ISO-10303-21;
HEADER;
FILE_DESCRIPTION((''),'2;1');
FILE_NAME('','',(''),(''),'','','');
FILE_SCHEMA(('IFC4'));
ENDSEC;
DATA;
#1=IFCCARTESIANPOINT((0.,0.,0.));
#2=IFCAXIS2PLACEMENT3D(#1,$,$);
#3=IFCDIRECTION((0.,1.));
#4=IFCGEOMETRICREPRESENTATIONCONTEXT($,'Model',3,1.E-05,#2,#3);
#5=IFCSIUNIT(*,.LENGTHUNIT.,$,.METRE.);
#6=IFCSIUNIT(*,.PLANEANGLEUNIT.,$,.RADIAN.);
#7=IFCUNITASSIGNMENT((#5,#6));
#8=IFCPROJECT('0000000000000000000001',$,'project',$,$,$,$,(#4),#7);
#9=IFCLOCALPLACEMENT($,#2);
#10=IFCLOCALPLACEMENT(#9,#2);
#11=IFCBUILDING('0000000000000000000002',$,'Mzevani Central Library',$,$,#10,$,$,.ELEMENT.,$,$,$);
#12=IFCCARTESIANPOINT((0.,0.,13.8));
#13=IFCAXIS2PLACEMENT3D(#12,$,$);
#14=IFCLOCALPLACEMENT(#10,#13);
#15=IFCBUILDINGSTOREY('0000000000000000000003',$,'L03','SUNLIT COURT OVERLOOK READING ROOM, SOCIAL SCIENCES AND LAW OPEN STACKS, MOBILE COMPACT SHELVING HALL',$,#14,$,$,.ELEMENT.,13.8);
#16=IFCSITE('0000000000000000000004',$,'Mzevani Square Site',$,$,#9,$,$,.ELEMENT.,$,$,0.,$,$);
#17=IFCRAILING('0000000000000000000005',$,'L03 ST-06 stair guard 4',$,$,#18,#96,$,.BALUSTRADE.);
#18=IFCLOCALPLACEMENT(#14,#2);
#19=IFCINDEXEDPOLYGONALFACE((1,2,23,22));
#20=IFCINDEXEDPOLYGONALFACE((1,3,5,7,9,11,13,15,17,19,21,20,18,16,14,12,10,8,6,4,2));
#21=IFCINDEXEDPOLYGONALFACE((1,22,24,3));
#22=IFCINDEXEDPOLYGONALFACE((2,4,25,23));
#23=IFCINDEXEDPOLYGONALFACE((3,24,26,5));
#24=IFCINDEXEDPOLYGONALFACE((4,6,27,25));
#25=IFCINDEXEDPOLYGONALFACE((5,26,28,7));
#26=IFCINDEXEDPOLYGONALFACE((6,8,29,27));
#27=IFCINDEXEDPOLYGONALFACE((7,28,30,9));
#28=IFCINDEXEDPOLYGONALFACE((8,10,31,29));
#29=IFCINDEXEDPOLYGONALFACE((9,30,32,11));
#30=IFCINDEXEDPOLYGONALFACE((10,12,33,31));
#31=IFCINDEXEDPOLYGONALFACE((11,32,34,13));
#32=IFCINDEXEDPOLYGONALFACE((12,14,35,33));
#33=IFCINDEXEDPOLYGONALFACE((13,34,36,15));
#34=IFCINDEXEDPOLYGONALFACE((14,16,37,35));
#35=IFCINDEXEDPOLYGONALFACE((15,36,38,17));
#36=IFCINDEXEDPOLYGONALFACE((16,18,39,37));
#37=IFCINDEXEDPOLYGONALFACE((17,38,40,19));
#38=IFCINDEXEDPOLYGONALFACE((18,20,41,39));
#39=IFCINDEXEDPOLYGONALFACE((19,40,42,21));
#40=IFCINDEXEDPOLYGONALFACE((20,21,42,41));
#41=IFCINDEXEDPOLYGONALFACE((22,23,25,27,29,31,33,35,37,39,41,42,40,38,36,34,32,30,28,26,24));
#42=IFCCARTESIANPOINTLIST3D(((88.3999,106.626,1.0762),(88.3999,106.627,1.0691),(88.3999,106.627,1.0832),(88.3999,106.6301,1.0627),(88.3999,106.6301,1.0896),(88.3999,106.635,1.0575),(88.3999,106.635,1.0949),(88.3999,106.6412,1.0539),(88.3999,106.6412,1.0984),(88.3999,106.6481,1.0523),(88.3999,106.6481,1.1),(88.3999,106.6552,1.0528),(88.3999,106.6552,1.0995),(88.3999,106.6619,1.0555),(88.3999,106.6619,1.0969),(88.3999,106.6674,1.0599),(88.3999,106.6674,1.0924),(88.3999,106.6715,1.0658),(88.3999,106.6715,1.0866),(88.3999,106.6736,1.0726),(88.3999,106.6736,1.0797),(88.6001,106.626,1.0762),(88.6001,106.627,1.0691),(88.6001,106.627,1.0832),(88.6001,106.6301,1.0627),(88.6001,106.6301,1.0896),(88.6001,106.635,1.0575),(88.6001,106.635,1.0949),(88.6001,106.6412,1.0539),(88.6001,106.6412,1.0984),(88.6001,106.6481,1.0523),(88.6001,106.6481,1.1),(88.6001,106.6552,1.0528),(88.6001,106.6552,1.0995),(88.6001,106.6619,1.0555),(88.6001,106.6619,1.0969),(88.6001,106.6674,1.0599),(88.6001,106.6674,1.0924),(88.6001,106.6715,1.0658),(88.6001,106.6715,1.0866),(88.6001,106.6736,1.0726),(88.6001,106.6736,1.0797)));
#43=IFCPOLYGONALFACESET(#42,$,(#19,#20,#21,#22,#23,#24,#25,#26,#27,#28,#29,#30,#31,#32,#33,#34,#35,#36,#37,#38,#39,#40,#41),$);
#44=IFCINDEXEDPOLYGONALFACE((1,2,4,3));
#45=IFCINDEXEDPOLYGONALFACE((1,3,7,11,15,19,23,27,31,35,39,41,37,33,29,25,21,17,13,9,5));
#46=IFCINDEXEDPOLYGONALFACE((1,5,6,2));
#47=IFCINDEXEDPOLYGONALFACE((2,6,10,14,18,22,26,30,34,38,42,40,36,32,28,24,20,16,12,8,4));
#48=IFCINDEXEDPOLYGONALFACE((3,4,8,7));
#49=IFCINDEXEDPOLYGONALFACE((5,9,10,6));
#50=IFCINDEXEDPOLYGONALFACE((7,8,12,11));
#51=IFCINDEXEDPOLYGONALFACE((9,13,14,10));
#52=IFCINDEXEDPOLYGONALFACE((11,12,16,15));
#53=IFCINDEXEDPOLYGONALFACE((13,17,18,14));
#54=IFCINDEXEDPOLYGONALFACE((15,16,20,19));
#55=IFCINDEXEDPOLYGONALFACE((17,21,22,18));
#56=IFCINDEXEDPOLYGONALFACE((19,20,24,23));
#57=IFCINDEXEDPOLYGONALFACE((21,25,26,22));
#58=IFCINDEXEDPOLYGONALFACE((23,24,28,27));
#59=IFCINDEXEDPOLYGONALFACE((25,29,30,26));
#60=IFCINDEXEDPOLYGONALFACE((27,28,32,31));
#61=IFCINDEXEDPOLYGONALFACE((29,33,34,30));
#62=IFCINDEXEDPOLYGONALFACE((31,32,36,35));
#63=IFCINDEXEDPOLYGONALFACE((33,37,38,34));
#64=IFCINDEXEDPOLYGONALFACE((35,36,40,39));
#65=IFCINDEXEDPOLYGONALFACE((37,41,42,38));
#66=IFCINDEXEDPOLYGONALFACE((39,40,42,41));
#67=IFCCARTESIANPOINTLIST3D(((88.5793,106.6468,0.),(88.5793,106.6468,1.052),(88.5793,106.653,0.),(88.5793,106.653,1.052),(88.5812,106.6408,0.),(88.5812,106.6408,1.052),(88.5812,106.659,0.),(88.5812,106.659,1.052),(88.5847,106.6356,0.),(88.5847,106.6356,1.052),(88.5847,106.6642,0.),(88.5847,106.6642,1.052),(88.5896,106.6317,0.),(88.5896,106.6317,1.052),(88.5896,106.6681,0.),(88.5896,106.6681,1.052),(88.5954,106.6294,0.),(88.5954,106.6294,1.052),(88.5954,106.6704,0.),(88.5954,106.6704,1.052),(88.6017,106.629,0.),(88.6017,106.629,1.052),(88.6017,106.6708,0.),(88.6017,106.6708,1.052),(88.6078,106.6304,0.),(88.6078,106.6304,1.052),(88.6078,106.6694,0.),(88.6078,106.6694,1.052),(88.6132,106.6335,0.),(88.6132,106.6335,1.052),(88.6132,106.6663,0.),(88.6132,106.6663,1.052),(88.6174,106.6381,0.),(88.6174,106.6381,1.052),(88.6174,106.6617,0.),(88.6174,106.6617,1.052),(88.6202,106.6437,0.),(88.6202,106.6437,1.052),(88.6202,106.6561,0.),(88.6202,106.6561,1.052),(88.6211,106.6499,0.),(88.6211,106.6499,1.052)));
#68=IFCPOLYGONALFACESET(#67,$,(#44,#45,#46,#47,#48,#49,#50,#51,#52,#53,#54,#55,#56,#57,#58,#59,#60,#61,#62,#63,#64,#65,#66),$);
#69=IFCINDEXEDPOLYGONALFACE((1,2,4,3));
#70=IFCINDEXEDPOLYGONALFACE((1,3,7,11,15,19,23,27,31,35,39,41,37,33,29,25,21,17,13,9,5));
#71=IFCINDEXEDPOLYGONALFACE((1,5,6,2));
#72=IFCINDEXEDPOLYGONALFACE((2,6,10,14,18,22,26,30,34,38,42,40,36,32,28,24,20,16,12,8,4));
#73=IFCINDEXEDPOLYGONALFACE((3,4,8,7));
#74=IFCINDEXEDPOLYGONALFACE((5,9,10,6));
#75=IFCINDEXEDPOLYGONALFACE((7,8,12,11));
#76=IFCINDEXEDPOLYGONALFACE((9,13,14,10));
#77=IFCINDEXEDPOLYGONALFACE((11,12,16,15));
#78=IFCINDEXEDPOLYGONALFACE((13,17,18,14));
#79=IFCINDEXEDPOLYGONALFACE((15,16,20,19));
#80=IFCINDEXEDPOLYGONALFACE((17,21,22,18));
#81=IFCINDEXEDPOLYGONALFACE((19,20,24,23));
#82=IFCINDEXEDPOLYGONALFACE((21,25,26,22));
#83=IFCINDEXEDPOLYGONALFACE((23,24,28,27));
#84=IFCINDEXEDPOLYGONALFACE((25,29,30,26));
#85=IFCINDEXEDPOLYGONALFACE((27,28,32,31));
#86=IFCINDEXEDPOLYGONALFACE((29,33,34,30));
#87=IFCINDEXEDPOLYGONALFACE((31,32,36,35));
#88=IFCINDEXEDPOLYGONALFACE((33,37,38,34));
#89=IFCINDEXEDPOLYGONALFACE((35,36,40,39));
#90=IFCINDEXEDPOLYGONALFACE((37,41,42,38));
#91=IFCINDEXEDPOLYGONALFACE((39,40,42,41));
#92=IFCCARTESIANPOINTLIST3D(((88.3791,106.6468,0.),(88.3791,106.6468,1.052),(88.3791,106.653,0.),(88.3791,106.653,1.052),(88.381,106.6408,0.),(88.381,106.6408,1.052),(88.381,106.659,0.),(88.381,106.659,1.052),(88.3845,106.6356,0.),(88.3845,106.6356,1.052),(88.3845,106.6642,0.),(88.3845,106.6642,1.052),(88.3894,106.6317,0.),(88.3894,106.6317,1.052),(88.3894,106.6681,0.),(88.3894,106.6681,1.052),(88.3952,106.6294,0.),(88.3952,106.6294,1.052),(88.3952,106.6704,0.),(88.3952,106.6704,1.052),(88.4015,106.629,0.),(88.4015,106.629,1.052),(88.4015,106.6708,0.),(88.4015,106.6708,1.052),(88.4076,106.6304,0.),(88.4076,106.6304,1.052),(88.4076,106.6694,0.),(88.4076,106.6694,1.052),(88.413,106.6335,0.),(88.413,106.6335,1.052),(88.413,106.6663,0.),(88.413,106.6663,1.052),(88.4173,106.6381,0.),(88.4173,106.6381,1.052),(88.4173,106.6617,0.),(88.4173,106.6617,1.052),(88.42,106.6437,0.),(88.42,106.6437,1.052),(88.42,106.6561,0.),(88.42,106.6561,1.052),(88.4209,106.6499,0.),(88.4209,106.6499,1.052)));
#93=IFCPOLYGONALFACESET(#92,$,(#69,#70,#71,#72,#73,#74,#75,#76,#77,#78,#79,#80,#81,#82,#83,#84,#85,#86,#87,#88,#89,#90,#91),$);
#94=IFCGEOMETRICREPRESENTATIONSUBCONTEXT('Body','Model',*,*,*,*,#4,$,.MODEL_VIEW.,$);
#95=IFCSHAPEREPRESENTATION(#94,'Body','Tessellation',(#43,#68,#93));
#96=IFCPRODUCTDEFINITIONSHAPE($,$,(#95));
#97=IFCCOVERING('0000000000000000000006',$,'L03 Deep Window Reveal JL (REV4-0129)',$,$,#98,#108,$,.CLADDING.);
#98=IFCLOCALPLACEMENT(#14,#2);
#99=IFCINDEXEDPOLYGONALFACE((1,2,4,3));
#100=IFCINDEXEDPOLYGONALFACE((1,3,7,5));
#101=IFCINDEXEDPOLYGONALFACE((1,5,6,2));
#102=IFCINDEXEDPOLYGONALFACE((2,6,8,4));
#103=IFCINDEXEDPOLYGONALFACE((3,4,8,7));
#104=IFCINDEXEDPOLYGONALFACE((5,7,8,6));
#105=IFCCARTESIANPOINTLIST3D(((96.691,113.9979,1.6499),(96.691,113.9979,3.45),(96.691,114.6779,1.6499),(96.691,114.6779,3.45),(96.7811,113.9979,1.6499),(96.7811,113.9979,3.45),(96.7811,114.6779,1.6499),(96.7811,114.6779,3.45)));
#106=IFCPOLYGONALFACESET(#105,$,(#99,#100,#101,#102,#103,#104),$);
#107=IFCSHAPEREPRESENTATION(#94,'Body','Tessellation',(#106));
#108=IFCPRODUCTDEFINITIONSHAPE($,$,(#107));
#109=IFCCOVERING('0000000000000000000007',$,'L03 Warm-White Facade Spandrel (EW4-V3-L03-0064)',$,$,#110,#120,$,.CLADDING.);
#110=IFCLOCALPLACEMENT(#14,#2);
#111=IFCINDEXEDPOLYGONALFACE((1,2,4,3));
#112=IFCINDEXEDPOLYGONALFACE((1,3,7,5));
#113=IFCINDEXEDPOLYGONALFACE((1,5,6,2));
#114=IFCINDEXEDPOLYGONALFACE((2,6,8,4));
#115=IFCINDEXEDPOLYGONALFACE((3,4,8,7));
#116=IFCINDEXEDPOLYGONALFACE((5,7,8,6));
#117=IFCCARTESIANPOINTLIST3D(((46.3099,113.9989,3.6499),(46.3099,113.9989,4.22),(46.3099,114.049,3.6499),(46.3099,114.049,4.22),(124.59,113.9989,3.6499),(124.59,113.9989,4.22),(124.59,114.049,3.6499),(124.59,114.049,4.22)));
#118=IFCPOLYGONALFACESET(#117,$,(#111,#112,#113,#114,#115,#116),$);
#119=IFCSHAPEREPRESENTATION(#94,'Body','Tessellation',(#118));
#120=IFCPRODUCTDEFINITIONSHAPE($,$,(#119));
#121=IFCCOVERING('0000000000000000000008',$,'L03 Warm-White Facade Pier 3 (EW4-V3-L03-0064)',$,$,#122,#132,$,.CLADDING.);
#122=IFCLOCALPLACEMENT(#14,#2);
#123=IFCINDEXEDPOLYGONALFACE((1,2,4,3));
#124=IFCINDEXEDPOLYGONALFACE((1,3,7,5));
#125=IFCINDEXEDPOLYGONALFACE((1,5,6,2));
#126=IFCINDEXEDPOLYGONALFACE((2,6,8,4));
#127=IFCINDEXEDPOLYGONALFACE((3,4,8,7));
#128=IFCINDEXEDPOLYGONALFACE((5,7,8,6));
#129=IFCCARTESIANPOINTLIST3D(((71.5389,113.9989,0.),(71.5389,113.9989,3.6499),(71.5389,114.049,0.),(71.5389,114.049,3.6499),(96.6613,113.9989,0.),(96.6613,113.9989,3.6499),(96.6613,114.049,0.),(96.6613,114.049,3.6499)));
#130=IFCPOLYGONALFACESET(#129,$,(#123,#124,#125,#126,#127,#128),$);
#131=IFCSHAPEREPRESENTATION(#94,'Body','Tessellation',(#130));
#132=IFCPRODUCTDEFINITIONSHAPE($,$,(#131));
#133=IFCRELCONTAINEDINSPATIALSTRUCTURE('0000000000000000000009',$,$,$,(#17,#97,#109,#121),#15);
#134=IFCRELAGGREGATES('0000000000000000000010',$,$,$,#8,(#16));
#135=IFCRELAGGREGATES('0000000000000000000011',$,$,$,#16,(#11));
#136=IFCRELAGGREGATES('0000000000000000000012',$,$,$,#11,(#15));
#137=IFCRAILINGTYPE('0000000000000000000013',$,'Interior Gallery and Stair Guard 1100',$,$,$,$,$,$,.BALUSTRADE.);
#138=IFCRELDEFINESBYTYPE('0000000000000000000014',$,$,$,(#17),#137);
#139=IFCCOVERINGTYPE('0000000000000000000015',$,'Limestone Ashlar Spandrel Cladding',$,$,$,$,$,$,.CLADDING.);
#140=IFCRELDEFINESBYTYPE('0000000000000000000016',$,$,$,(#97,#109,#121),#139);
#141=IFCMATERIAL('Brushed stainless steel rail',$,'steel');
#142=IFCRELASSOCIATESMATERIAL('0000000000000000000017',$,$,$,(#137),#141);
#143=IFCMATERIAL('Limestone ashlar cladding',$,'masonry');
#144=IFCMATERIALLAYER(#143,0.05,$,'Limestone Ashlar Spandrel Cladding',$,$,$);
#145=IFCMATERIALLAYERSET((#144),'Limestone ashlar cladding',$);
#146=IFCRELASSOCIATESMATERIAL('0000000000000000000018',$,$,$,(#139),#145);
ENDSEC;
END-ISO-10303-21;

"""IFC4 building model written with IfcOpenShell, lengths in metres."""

from ifc_helpers import new_model, si_unit, direction, frame, origin, origin_2d, place, context, subcontext, project, spatial, rectangle, circle, extrude, material, layer, layer_set, type_object, element, save


model = new_model("IFC4")

# Units and contexts
model_context = context("Model", 3, precision=1e-05, world=origin(), true_north=direction((0.0, 1.0)))
body_context = subcontext(model_context, "Body", "Model", "MODEL_VIEW")
ifc_project = project(units=[si_unit("LENGTHUNIT", "METRE"), si_unit("PLANEANGLEUNIT", "RADIAN")], contexts=[model_context])

# Site, building, storey
site_placement = place(None, origin())
site = spatial("IfcSite", under=ifc_project, at=site_placement, Name="Mzevani Square Site", CompositionType="ELEMENT", RefElevation=0.0)
building_placement = place(site_placement, origin())
building = spatial("IfcBuilding", under=site, at=building_placement, Name="Mzevani Central Library", CompositionType="ELEMENT")
storey_placement = place(building_placement, frame((0.0, 0.0, 13.8)))
storey = spatial("IfcBuildingStorey", under=building, at=storey_placement, Name="L03", Description="SUNLIT COURT OVERLOOK READING ROOM, SOCIAL SCIENCES AND LAW OPEN STACKS, MOBILE COMPACT SHELVING HALL", CompositionType="ELEMENT", Elevation=13.8)

# Railing
ifc_material_1 = material(Name="Brushed stainless steel rail", Category="steel")
railing_type_1 = type_object("IfcRailingType", Name="Interior Gallery and Stair Guard 1100", PredefinedType="BALUSTRADE", material=ifc_material_1)
railing_1_placement = place(storey_placement, frame((88.6001, 106.6499, 0.0)))
element("IfcRailing", 1, at=railing_1_placement, inside=storey, type_object=railing_type_1, Name="L03 ST-06 stair guard 4", PredefinedType="BALUSTRADE", context=body_context, shape_type="SweptSolid", body=[
    extrude(circle(Radius=0.0239, at=origin_2d()), frame((0.0, 0.0, 1.0762), z_axis=(-1.0, 0.0, 0.0), x_axis=(0.0, -1.0, 0.0)), (0.0, 0.0, 1.0), 0.2002),
    extrude(circle(Radius=0.021, at=origin_2d()), origin(), (0.0, 0.0, 1.0), 1.052),
    extrude(circle(Radius=0.021, at=origin_2d()), frame((-0.2002, 0.0, 0.0)), (0.0, 0.0, 1.0), 1.052),
])

# Coverings
ifc_material_2 = material(Name="Limestone ashlar cladding", Category="masonry")
ifc_layer_1 = layer(ifc_material_2, 0.05, Name="Limestone Ashlar Spandrel Cladding")
ifc_layer_set_1 = layer_set([ifc_layer_1], Name="Limestone ashlar cladding")
covering_type = type_object("IfcCoveringType", Name="Limestone Ashlar Spandrel Cladding", PredefinedType="CLADDING", material=ifc_layer_set_1)
covering_1_placement = place(storey_placement, frame((96.7361, 114.3379, 1.6499), z_axis=(0.0, 0.0, 1.0), x_axis=(1.0, 0.0, 0.0)))
element("IfcCovering", 2, at=covering_1_placement, inside=storey, type_object=covering_type, Name="L03 Deep Window Reveal JL (REV4-0129)", PredefinedType="CLADDING", context=body_context, shape_type="SweptSolid", body=[
    extrude(rectangle(XDim=0.0901, YDim=0.6799, at=origin_2d()), origin(), (0.0, 0.0, 1.0), 1.8),
])
covering_2_placement = place(storey_placement, frame((85.45, 114.0239, 3.6499), z_axis=(0.0, 0.0, 1.0), x_axis=(1.0, 0.0, 0.0)))
element("IfcCovering", 3, at=covering_2_placement, inside=storey, type_object=covering_type, Name="L03 Warm-White Facade Spandrel (EW4-V3-L03-0064)", PredefinedType="CLADDING", context=body_context, shape_type="SweptSolid", body=[
    extrude(rectangle(XDim=78.28, YDim=0.05, at=origin_2d()), origin(), (0.0, 0.0, 1.0), 0.5701),
])
covering_3_placement = place(storey_placement, frame((84.1001, 114.0239, 0.0), z_axis=(0.0, 0.0, 1.0), x_axis=(1.0, 0.0, 0.0)))
element("IfcCovering", 4, at=covering_3_placement, inside=storey, type_object=covering_type, Name="L03 Warm-White Facade Pier 3 (EW4-V3-L03-0064)", PredefinedType="CLADDING", context=body_context, shape_type="SweptSolid", body=[
    extrude(rectangle(XDim=25.1223, YDim=0.05, at=origin_2d()), origin(), (0.0, 0.0, 1.0), 3.6499),
])

save(model, "model.ifc")
